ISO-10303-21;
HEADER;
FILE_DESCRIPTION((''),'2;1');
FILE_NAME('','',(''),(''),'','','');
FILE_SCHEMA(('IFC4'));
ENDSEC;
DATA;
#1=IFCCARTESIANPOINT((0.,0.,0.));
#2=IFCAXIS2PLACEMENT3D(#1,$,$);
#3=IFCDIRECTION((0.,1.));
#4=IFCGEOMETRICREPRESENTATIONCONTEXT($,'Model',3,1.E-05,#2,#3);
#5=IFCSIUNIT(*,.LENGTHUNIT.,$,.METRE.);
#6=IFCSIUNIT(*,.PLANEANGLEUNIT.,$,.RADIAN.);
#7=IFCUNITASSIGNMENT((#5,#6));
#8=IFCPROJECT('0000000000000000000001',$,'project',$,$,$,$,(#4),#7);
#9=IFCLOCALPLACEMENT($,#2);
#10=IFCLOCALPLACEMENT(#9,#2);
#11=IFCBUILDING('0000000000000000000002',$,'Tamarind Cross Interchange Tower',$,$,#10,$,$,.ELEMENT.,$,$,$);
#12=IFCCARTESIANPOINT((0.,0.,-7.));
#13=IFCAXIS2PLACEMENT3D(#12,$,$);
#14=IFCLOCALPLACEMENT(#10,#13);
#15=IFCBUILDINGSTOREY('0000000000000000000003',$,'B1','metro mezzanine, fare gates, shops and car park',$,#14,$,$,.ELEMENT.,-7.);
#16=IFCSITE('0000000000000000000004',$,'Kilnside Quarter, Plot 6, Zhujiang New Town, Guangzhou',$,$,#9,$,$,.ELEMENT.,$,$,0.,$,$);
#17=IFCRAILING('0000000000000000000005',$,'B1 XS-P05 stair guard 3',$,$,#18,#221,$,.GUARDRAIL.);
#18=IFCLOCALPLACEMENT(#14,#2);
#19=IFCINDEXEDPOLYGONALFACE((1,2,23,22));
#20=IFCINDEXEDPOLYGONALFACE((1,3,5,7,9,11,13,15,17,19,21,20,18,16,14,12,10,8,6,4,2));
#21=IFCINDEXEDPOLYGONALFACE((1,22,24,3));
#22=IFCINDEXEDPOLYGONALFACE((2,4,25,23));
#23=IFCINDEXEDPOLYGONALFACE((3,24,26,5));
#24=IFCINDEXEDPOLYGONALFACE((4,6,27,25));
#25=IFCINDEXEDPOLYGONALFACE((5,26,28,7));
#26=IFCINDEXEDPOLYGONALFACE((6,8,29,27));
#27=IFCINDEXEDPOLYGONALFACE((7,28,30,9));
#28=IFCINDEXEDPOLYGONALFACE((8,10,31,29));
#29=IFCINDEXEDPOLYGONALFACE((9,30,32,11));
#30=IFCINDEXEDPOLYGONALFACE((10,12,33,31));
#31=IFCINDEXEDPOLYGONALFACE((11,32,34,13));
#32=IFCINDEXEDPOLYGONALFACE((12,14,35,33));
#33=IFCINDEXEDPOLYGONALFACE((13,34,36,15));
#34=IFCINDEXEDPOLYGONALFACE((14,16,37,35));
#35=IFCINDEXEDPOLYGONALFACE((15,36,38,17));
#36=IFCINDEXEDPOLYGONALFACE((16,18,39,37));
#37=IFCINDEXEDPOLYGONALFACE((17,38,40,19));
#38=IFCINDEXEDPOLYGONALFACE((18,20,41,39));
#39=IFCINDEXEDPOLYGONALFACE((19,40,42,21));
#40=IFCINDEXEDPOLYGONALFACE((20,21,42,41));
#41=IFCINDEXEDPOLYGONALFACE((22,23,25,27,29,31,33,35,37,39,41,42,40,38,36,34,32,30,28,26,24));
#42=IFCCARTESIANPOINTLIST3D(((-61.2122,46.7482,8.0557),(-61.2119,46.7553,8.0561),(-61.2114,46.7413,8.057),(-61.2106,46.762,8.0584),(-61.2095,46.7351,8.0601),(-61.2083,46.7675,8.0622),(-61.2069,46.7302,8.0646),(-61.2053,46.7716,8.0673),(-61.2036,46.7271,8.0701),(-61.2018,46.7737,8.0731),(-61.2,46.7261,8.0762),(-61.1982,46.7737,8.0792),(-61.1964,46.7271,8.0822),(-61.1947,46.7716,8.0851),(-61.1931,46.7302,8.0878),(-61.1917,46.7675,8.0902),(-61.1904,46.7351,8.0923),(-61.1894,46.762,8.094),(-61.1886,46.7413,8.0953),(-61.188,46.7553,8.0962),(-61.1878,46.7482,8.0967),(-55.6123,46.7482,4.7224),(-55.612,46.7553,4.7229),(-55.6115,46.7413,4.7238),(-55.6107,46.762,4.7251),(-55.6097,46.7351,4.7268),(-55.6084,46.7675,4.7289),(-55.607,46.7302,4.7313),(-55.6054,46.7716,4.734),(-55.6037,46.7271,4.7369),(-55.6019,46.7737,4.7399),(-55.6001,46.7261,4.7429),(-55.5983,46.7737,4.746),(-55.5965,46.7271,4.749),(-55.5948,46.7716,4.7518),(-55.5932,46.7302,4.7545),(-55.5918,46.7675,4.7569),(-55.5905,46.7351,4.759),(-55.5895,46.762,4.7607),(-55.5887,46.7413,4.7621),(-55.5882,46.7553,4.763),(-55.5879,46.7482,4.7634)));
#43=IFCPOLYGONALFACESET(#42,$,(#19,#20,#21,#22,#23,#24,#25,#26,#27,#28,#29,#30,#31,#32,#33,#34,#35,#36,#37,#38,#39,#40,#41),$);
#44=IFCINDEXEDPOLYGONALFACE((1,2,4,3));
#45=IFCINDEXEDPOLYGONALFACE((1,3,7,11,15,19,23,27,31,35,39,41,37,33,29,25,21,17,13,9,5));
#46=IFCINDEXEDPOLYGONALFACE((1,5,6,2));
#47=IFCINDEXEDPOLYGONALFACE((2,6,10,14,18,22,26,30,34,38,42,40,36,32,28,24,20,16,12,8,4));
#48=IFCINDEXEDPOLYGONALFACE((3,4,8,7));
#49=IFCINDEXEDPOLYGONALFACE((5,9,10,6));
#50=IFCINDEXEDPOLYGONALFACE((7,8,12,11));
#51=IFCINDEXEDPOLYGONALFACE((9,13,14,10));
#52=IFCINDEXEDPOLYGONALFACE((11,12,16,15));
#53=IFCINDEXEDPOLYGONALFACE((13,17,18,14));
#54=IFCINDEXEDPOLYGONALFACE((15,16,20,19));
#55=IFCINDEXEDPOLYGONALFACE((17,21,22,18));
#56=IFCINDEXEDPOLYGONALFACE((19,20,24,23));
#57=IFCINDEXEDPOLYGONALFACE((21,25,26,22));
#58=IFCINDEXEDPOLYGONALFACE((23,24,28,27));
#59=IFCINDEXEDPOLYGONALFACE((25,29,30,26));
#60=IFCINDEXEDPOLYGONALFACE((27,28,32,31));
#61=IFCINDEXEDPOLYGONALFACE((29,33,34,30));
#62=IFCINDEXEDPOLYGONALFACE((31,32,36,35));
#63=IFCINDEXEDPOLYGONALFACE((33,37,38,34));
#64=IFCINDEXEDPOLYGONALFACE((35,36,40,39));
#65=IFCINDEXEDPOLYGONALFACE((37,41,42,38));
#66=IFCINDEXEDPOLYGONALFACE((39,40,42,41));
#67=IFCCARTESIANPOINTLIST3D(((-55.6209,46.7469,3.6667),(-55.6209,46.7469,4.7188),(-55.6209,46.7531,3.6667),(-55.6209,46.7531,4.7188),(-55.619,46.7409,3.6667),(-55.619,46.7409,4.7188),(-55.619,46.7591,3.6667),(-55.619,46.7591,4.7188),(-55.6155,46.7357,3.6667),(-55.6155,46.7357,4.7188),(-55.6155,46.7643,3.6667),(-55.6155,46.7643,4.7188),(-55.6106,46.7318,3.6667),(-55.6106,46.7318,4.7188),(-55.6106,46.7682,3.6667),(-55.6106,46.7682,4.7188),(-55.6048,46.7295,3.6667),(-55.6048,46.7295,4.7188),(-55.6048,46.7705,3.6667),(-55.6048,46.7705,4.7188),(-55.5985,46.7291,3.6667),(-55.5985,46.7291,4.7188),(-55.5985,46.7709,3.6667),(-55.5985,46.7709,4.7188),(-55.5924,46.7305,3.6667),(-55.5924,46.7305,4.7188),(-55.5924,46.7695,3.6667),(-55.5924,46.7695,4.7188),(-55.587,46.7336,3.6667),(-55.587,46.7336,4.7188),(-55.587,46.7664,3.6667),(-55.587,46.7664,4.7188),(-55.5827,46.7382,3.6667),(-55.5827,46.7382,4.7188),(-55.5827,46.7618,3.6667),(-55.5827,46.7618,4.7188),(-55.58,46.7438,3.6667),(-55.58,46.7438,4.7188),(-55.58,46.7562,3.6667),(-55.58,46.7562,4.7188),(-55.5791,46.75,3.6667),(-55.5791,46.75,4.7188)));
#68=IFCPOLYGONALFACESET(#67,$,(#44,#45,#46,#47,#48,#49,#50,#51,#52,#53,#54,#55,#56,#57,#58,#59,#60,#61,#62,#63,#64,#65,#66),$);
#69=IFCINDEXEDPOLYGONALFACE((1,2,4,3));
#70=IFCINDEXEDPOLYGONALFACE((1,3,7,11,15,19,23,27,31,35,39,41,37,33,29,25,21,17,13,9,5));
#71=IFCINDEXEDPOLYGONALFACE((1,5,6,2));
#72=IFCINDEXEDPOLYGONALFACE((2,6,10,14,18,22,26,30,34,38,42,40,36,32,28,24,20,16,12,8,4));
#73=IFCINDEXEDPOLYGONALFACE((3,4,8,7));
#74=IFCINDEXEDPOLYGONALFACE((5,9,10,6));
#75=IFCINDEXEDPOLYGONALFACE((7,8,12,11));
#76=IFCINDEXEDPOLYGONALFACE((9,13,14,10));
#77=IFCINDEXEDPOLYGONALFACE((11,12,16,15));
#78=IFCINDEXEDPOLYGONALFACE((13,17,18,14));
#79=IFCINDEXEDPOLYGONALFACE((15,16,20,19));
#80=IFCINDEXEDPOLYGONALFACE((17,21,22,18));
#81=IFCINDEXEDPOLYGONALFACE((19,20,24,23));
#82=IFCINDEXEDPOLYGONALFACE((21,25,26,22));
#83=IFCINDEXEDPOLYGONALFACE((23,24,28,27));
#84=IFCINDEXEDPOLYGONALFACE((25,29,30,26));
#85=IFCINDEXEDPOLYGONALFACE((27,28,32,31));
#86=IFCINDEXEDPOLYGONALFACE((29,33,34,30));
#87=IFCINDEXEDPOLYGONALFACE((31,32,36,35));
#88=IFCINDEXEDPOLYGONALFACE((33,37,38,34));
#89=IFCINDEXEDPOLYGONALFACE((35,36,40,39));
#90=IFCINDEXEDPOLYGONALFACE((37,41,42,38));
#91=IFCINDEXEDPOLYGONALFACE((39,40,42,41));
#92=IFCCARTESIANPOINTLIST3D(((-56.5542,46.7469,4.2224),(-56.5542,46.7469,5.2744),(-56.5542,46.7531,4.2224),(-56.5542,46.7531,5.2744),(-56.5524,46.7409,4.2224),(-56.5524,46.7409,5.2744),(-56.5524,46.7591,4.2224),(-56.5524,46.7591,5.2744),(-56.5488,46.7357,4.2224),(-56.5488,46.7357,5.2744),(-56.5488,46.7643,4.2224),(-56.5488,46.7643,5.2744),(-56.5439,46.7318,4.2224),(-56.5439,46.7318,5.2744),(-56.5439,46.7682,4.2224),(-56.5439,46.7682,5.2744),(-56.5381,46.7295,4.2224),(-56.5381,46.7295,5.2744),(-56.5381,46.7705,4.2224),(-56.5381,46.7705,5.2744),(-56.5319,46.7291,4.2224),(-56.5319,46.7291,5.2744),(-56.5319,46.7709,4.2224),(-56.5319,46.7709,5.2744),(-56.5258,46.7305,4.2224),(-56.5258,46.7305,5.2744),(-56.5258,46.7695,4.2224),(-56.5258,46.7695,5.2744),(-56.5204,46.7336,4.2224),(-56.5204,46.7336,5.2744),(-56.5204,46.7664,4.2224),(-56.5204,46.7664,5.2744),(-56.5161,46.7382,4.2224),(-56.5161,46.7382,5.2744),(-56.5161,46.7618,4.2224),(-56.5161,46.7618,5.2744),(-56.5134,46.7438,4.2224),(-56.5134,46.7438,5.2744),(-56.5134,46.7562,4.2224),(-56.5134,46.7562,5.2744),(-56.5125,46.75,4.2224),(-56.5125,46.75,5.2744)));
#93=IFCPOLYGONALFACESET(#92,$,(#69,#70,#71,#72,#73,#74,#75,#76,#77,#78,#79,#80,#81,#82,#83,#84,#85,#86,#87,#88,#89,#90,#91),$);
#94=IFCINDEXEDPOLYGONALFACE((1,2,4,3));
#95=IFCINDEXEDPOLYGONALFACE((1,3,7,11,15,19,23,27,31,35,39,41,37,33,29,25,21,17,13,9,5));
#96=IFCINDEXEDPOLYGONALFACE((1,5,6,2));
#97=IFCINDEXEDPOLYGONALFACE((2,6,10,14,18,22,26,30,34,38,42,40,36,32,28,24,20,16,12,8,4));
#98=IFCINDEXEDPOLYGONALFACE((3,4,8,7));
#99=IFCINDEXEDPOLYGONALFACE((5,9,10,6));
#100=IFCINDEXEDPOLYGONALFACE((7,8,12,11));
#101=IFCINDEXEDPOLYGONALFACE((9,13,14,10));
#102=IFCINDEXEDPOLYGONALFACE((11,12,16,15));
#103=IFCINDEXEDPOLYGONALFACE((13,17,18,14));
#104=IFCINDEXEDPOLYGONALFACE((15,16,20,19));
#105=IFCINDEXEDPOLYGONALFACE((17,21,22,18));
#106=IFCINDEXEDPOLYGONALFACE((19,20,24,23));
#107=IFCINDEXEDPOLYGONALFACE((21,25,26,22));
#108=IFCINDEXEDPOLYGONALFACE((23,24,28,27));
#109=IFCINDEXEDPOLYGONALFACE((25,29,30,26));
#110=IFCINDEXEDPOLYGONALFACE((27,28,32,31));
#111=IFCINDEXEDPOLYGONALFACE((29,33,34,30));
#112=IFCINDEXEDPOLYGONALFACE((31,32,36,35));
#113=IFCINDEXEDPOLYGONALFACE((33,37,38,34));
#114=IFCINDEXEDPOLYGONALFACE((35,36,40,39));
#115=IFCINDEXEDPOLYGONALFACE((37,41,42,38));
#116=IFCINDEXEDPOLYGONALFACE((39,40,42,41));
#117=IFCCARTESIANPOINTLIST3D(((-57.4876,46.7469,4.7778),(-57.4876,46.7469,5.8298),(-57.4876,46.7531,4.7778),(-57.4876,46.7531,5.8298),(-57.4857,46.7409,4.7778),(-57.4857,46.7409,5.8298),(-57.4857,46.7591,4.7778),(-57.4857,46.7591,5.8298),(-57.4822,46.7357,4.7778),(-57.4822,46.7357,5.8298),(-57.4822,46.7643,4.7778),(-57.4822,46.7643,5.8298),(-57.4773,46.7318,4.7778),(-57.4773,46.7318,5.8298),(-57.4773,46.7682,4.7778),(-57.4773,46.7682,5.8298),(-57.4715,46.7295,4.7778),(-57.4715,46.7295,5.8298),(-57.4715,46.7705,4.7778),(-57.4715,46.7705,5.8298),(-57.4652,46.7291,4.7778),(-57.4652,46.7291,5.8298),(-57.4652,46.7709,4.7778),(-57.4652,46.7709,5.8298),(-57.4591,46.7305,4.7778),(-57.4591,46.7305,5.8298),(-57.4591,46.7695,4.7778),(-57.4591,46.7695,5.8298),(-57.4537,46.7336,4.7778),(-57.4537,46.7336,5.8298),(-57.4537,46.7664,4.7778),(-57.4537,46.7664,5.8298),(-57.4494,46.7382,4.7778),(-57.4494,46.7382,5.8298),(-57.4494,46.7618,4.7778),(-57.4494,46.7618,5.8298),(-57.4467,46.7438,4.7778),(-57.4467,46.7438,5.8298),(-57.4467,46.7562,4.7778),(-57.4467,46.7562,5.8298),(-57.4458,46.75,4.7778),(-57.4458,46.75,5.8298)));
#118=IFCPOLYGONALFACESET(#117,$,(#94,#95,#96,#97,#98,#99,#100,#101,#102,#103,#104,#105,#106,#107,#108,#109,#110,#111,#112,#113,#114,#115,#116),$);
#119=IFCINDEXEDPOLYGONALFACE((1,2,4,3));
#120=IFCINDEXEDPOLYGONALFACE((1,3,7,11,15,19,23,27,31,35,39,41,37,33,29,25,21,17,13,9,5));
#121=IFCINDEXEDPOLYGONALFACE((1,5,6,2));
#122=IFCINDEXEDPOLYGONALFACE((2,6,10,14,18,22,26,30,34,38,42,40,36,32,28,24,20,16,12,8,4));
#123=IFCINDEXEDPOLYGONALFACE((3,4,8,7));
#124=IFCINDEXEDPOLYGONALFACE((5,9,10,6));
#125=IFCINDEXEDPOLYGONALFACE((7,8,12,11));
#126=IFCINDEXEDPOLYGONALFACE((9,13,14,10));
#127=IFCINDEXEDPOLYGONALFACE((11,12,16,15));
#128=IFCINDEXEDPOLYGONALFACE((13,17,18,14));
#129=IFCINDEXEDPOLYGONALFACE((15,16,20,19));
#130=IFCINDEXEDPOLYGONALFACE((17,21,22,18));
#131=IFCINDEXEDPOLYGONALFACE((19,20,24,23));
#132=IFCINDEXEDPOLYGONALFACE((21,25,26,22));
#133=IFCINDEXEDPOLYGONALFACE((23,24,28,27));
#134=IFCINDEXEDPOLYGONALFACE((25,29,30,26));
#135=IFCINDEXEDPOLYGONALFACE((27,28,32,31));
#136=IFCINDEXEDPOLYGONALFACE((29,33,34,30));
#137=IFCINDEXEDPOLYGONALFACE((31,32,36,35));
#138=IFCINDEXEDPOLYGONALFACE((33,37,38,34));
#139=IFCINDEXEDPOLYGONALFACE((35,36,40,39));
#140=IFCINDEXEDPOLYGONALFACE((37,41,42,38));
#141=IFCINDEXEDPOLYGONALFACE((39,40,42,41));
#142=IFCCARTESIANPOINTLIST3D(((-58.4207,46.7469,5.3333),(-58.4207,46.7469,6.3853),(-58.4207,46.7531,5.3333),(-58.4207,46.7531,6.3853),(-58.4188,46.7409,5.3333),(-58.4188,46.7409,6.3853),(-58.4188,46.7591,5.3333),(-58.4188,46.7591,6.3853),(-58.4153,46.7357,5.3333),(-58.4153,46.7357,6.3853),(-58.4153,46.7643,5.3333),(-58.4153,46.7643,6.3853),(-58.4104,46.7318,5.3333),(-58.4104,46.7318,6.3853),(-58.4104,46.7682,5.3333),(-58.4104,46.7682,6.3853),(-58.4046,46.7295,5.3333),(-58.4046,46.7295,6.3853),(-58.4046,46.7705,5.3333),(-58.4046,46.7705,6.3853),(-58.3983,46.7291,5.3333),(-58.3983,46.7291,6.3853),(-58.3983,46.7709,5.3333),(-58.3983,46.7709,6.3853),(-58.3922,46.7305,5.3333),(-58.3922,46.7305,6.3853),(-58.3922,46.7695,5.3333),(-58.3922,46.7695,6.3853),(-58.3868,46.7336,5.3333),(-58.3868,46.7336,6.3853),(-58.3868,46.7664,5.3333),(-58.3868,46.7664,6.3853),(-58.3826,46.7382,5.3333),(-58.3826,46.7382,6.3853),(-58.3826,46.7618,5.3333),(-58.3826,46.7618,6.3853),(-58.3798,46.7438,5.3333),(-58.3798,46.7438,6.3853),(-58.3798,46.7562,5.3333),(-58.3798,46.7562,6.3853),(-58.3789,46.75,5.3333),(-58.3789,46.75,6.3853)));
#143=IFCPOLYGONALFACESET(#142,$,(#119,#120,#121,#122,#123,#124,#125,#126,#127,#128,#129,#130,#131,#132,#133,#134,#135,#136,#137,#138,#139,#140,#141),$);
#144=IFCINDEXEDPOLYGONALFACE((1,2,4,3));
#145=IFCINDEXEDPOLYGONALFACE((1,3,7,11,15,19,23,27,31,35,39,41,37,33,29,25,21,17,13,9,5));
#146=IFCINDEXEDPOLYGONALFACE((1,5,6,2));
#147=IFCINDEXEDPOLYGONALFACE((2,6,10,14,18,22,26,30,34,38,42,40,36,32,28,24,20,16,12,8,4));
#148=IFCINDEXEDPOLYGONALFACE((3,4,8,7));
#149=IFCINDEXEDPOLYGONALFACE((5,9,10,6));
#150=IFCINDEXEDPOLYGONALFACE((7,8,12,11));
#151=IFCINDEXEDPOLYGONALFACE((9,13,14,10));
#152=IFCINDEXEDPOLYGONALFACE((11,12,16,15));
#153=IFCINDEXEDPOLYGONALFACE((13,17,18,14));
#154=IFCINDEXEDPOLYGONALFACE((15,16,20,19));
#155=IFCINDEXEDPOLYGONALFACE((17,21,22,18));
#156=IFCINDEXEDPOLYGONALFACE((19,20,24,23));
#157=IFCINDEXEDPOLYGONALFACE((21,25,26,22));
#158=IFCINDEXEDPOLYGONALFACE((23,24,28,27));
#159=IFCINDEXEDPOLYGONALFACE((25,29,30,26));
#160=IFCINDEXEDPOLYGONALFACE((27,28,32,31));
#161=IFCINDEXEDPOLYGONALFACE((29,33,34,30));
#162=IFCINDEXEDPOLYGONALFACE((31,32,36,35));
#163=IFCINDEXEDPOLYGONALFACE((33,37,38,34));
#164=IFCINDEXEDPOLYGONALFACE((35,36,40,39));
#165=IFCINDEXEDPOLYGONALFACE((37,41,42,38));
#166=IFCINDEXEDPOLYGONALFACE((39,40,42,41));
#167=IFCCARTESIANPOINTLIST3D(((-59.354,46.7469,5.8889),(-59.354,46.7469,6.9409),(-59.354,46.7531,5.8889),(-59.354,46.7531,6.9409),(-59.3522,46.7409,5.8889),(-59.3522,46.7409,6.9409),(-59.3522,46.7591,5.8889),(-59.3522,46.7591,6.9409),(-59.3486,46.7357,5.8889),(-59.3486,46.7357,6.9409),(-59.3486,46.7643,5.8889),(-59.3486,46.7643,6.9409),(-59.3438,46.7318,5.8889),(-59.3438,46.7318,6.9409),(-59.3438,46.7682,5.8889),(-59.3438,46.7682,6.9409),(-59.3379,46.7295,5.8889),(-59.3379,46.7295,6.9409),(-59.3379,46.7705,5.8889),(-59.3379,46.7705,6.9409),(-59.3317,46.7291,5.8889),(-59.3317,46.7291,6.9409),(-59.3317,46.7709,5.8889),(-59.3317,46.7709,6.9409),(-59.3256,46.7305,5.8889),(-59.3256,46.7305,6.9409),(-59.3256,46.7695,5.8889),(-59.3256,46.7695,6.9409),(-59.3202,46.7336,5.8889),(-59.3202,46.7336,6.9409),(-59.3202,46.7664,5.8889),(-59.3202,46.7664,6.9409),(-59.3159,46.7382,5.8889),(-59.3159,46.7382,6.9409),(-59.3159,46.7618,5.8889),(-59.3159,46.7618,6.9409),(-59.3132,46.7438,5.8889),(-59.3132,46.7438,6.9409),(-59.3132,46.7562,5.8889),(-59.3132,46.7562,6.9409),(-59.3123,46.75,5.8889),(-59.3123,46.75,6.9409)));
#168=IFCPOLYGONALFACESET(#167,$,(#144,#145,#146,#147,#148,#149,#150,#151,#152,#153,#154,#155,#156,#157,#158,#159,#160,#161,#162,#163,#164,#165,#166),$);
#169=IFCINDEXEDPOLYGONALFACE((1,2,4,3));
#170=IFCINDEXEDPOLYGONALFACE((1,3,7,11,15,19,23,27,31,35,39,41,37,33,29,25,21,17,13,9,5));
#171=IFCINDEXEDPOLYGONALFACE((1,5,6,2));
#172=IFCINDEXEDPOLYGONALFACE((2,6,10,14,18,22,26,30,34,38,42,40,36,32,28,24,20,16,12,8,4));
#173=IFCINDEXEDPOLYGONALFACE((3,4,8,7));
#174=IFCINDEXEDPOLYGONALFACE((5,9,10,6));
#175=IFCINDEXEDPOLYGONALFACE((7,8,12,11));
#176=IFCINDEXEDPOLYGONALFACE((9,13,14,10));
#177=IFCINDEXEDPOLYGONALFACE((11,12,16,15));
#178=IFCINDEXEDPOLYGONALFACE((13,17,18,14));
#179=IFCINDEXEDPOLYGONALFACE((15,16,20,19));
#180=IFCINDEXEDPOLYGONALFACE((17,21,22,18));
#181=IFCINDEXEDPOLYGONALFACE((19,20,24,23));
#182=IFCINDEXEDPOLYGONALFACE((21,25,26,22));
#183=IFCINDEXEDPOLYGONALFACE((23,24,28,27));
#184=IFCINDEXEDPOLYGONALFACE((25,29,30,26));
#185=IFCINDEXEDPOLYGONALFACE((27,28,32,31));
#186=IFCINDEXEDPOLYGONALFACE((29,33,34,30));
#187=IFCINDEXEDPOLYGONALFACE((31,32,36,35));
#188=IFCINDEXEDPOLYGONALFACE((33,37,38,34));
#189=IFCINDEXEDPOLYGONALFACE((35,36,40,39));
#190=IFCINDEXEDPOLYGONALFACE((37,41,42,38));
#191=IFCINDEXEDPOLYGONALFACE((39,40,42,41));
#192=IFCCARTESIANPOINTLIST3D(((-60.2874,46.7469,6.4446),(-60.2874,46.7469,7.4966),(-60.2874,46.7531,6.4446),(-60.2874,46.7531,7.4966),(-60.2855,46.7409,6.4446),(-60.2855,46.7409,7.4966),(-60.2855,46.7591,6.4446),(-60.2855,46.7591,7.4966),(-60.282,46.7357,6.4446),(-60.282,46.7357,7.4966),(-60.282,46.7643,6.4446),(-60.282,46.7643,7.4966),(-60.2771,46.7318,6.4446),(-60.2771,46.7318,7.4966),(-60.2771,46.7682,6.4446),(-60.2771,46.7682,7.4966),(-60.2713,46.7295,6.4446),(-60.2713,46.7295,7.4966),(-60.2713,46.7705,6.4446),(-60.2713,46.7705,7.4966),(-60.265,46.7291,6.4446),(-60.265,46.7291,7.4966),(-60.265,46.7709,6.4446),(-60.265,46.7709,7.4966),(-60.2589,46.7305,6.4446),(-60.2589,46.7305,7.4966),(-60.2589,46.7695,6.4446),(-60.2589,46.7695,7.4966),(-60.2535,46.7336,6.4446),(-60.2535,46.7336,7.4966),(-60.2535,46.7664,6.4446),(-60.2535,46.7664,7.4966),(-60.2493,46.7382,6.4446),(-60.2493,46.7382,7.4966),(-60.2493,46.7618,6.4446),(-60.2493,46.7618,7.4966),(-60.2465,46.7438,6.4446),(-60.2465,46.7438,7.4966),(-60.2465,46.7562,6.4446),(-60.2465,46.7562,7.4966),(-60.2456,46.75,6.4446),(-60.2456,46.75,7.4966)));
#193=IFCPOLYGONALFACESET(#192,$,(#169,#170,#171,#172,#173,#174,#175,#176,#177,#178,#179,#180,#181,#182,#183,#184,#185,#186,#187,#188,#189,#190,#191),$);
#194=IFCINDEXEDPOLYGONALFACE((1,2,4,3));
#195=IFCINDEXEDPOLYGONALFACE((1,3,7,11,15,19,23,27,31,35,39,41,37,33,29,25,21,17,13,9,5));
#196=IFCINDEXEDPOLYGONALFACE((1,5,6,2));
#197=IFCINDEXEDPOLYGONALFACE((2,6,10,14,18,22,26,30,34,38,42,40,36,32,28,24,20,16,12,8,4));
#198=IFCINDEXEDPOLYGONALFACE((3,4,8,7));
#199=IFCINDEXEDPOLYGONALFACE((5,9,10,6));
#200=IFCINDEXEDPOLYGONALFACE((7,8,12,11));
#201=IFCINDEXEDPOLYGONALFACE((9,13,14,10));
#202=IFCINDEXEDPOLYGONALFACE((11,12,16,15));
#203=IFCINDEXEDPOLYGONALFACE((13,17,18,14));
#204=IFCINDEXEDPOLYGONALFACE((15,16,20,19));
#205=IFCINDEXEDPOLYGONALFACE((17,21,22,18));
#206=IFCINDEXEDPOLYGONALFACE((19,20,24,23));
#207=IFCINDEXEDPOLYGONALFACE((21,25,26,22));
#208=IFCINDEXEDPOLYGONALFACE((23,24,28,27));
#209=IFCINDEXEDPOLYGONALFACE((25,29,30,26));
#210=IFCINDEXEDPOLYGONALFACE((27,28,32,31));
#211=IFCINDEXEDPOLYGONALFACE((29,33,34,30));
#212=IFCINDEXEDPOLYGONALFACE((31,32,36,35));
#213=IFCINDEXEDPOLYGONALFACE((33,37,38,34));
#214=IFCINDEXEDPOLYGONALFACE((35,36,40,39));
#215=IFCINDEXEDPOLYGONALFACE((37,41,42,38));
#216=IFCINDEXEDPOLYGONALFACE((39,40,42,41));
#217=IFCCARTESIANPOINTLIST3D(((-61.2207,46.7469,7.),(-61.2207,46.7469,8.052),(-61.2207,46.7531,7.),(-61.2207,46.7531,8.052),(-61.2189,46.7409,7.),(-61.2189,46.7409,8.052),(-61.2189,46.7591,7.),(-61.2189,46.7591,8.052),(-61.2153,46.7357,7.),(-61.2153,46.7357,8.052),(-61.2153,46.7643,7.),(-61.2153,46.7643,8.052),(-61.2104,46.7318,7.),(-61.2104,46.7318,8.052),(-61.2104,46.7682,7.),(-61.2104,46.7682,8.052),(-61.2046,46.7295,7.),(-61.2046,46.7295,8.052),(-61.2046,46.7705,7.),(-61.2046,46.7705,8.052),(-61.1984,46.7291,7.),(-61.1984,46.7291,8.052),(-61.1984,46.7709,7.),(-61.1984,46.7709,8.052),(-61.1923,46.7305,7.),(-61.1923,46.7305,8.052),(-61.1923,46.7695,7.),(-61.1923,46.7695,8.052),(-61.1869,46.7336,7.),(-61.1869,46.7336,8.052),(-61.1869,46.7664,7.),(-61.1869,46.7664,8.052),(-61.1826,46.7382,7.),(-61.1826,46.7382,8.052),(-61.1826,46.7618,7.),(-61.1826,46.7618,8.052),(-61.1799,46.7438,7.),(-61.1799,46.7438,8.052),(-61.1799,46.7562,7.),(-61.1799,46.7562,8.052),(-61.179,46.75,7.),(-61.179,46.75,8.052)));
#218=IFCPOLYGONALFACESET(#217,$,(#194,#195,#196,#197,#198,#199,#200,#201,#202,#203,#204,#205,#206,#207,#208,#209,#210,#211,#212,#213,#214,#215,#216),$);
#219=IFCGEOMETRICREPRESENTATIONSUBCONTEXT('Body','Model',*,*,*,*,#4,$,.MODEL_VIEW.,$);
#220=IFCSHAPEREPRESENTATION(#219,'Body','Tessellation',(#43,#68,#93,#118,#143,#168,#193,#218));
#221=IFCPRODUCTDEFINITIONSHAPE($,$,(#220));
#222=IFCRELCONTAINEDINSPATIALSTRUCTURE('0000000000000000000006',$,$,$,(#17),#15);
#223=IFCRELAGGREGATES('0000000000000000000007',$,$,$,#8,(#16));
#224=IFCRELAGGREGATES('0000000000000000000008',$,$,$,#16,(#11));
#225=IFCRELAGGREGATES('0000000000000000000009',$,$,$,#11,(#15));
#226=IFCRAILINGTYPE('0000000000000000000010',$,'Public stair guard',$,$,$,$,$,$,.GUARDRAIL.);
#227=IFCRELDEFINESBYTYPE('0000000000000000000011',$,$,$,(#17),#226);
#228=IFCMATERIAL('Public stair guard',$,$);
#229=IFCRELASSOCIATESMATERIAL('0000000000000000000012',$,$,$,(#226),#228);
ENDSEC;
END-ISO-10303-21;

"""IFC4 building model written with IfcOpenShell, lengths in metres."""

from ifc_helpers import new_model, si_unit, direction, frame, origin, origin_2d, place, context, subcontext, project, spatial, circle, extrude, material, type_object, element, save


model = new_model("IFC4")

# Units and contexts
model_context = context("Model", 3, precision=1e-05, world=origin(), true_north=direction((0.0, 1.0)))
body_context = subcontext(model_context, "Body", "Model", "MODEL_VIEW")
ifc_project = project(units=[si_unit("LENGTHUNIT", "METRE"), si_unit("PLANEANGLEUNIT", "RADIAN")], contexts=[model_context])

# Site, building, storey
site_placement = place(None, origin())
site = spatial("IfcSite", under=ifc_project, at=site_placement, Name="Kilnside Quarter, Plot 6, Zhujiang New Town, Guangzhou", CompositionType="ELEMENT", RefElevation=0.0)
building_placement = place(site_placement, origin())
building = spatial("IfcBuilding", under=site, at=building_placement, Name="Tamarind Cross Interchange Tower", CompositionType="ELEMENT")
storey_placement = place(building_placement, frame((0.0, 0.0, -7.0)))
storey = spatial("IfcBuildingStorey", under=building, at=storey_placement, Name="B1", Description="metro mezzanine, fare gates, shops and car park", CompositionType="ELEMENT", Elevation=-7.0)

# Railing
ifc_material_1 = material(Name="Public stair guard")
railing_type_1 = type_object("IfcRailingType", Name="Public stair guard", PredefinedType="GUARDRAIL", material=ifc_material_1)
railing_1_placement = place(storey_placement, frame((-55.6001, 46.75, 3.6667)))
element("IfcRailing", 1, at=railing_1_placement, inside=storey, type_object=railing_type_1, Name="B1 XS-P05 stair guard 3", PredefinedType="GUARDRAIL", context=body_context, shape_type="SweptSolid", body=[
    extrude(circle(Radius=0.0239, at=origin_2d()), frame((0.0, 0.0, 1.0762), z_axis=(-0.859292, 0.0, 0.511485), x_axis=(0.0, -1.0, 0.0)), (0.0, 0.0, 1.0), 6.5168),
    extrude(circle(Radius=0.021, at=origin_2d()), origin(), (0.0, 0.0, 1.0), 1.052),
    extrude(circle(Radius=0.021, at=origin_2d()), frame((-0.9333, 0.0, 0.5557)), (0.0, 0.0, 1.0), 1.052),
    extrude(circle(Radius=0.021, at=origin_2d()), frame((-1.8667, 0.0, 1.1111)), (0.0, 0.0, 1.0), 1.052),
    extrude(circle(Radius=0.021, at=origin_2d()), frame((-2.7998, 0.0, 1.6665)), (0.0, 0.0, 1.0), 1.052),
    extrude(circle(Radius=0.021, at=origin_2d()), frame((-3.7332, 0.0, 2.2222)), (0.0, 0.0, 1.0), 1.052),
    extrude(circle(Radius=0.021, at=origin_2d()), frame((-4.6665, 0.0, 2.7778)), (0.0, 0.0, 1.0), 1.052),
    extrude(circle(Radius=0.021, at=origin_2d()), frame((-5.5999, 0.0, 3.3333)), (0.0, 0.0, 1.0), 1.052),
])

save(model, "model.ifc")
